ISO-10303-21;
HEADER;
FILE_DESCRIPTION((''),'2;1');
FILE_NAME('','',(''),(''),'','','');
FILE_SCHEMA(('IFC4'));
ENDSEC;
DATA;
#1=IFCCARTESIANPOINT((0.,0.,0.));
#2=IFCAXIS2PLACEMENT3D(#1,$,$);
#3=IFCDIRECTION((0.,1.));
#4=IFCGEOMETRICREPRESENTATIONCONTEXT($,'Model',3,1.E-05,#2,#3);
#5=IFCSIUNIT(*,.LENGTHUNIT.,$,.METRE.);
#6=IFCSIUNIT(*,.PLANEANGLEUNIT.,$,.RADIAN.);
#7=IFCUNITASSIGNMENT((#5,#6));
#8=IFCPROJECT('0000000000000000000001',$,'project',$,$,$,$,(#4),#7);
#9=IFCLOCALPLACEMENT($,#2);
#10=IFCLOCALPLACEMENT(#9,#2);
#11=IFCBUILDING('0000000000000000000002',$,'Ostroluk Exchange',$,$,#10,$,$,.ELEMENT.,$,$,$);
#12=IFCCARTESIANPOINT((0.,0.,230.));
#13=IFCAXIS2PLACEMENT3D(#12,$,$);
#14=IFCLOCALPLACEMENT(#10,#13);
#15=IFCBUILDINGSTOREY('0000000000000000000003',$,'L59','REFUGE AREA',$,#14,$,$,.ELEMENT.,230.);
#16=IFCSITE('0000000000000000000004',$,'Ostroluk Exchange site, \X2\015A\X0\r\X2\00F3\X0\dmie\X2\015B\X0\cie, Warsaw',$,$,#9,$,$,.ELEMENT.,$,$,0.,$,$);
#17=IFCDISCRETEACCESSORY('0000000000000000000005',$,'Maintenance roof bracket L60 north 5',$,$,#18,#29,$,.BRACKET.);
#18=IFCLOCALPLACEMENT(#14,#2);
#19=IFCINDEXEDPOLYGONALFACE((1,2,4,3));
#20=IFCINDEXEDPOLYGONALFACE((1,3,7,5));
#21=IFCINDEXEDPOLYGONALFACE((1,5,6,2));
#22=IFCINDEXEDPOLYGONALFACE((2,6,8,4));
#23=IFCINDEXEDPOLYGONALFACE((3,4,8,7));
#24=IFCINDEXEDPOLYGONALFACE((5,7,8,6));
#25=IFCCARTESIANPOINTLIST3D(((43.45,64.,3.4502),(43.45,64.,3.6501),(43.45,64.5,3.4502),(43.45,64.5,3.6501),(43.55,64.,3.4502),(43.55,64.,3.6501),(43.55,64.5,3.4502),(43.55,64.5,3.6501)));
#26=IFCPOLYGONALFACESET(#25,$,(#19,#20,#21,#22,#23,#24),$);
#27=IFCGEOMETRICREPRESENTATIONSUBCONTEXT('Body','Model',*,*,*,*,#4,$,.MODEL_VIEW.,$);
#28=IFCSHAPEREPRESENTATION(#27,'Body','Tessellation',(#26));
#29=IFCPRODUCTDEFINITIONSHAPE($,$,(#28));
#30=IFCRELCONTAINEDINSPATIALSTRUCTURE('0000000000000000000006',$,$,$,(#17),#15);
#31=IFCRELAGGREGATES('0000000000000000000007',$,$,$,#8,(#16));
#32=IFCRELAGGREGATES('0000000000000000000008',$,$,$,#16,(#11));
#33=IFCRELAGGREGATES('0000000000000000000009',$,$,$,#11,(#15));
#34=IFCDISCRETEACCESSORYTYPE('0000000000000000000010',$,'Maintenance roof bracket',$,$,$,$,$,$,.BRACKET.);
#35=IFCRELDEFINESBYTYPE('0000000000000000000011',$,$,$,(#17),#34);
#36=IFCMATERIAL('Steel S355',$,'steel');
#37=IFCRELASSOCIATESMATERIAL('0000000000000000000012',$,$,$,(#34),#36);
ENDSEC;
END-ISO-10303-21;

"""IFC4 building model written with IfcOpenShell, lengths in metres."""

from ifc_helpers import new_model, si_unit, direction, frame, origin, origin_2d, place, context, subcontext, project, spatial, rectangle, extrude, material, type_object, element, save


model = new_model("IFC4")

# Units and contexts
model_context = context("Model", 3, precision=1e-05, world=origin(), true_north=direction((0.0, 1.0)))
body_context = subcontext(model_context, "Body", "Model", "MODEL_VIEW")
ifc_project = project(units=[si_unit("LENGTHUNIT", "METRE"), si_unit("PLANEANGLEUNIT", "RADIAN")], contexts=[model_context])

# Site, building, storey
site_placement = place(None, origin())
site = spatial("IfcSite", under=ifc_project, at=site_placement, Name="Ostroluk Exchange site, Śródmieście, Warsaw", CompositionType="ELEMENT", RefElevation=0.0)
building_placement = place(site_placement, origin())
building = spatial("IfcBuilding", under=site, at=building_placement, Name="Ostroluk Exchange", CompositionType="ELEMENT")
storey_placement = place(building_placement, frame((0.0, 0.0, 230.0)))
storey = spatial("IfcBuildingStorey", under=building, at=storey_placement, Name="L59", Description="REFUGE AREA", CompositionType="ELEMENT", Elevation=230.0)

# Discrete accessory
ifc_material_1 = material(Name="Steel S355", Category="steel")
discrete_accessory_type = type_object("IfcDiscreteAccessoryType", Name="Maintenance roof bracket", PredefinedType="BRACKET", material=ifc_material_1)
for number, where, z_axis, x_axis, name in (
    (1, (43.5, 64.25, 3.4502), (0.0, 0.0, 1.0), (1.0, 0.0, 0.0), "Maintenance roof bracket L60 north 5"),
):
    element("IfcDiscreteAccessory", number, at=place(storey_placement, frame(where, z_axis=z_axis, x_axis=x_axis)), inside=storey, type_object=discrete_accessory_type, Name=name, PredefinedType="BRACKET", context=body_context, shape_type="SweptSolid", body=[
        extrude(rectangle(XDim=0.1001, YDim=0.5, at=origin_2d()), origin(), (0.0, 0.0, 1.0), 0.2),
    ])

save(model, "model.ifc")
